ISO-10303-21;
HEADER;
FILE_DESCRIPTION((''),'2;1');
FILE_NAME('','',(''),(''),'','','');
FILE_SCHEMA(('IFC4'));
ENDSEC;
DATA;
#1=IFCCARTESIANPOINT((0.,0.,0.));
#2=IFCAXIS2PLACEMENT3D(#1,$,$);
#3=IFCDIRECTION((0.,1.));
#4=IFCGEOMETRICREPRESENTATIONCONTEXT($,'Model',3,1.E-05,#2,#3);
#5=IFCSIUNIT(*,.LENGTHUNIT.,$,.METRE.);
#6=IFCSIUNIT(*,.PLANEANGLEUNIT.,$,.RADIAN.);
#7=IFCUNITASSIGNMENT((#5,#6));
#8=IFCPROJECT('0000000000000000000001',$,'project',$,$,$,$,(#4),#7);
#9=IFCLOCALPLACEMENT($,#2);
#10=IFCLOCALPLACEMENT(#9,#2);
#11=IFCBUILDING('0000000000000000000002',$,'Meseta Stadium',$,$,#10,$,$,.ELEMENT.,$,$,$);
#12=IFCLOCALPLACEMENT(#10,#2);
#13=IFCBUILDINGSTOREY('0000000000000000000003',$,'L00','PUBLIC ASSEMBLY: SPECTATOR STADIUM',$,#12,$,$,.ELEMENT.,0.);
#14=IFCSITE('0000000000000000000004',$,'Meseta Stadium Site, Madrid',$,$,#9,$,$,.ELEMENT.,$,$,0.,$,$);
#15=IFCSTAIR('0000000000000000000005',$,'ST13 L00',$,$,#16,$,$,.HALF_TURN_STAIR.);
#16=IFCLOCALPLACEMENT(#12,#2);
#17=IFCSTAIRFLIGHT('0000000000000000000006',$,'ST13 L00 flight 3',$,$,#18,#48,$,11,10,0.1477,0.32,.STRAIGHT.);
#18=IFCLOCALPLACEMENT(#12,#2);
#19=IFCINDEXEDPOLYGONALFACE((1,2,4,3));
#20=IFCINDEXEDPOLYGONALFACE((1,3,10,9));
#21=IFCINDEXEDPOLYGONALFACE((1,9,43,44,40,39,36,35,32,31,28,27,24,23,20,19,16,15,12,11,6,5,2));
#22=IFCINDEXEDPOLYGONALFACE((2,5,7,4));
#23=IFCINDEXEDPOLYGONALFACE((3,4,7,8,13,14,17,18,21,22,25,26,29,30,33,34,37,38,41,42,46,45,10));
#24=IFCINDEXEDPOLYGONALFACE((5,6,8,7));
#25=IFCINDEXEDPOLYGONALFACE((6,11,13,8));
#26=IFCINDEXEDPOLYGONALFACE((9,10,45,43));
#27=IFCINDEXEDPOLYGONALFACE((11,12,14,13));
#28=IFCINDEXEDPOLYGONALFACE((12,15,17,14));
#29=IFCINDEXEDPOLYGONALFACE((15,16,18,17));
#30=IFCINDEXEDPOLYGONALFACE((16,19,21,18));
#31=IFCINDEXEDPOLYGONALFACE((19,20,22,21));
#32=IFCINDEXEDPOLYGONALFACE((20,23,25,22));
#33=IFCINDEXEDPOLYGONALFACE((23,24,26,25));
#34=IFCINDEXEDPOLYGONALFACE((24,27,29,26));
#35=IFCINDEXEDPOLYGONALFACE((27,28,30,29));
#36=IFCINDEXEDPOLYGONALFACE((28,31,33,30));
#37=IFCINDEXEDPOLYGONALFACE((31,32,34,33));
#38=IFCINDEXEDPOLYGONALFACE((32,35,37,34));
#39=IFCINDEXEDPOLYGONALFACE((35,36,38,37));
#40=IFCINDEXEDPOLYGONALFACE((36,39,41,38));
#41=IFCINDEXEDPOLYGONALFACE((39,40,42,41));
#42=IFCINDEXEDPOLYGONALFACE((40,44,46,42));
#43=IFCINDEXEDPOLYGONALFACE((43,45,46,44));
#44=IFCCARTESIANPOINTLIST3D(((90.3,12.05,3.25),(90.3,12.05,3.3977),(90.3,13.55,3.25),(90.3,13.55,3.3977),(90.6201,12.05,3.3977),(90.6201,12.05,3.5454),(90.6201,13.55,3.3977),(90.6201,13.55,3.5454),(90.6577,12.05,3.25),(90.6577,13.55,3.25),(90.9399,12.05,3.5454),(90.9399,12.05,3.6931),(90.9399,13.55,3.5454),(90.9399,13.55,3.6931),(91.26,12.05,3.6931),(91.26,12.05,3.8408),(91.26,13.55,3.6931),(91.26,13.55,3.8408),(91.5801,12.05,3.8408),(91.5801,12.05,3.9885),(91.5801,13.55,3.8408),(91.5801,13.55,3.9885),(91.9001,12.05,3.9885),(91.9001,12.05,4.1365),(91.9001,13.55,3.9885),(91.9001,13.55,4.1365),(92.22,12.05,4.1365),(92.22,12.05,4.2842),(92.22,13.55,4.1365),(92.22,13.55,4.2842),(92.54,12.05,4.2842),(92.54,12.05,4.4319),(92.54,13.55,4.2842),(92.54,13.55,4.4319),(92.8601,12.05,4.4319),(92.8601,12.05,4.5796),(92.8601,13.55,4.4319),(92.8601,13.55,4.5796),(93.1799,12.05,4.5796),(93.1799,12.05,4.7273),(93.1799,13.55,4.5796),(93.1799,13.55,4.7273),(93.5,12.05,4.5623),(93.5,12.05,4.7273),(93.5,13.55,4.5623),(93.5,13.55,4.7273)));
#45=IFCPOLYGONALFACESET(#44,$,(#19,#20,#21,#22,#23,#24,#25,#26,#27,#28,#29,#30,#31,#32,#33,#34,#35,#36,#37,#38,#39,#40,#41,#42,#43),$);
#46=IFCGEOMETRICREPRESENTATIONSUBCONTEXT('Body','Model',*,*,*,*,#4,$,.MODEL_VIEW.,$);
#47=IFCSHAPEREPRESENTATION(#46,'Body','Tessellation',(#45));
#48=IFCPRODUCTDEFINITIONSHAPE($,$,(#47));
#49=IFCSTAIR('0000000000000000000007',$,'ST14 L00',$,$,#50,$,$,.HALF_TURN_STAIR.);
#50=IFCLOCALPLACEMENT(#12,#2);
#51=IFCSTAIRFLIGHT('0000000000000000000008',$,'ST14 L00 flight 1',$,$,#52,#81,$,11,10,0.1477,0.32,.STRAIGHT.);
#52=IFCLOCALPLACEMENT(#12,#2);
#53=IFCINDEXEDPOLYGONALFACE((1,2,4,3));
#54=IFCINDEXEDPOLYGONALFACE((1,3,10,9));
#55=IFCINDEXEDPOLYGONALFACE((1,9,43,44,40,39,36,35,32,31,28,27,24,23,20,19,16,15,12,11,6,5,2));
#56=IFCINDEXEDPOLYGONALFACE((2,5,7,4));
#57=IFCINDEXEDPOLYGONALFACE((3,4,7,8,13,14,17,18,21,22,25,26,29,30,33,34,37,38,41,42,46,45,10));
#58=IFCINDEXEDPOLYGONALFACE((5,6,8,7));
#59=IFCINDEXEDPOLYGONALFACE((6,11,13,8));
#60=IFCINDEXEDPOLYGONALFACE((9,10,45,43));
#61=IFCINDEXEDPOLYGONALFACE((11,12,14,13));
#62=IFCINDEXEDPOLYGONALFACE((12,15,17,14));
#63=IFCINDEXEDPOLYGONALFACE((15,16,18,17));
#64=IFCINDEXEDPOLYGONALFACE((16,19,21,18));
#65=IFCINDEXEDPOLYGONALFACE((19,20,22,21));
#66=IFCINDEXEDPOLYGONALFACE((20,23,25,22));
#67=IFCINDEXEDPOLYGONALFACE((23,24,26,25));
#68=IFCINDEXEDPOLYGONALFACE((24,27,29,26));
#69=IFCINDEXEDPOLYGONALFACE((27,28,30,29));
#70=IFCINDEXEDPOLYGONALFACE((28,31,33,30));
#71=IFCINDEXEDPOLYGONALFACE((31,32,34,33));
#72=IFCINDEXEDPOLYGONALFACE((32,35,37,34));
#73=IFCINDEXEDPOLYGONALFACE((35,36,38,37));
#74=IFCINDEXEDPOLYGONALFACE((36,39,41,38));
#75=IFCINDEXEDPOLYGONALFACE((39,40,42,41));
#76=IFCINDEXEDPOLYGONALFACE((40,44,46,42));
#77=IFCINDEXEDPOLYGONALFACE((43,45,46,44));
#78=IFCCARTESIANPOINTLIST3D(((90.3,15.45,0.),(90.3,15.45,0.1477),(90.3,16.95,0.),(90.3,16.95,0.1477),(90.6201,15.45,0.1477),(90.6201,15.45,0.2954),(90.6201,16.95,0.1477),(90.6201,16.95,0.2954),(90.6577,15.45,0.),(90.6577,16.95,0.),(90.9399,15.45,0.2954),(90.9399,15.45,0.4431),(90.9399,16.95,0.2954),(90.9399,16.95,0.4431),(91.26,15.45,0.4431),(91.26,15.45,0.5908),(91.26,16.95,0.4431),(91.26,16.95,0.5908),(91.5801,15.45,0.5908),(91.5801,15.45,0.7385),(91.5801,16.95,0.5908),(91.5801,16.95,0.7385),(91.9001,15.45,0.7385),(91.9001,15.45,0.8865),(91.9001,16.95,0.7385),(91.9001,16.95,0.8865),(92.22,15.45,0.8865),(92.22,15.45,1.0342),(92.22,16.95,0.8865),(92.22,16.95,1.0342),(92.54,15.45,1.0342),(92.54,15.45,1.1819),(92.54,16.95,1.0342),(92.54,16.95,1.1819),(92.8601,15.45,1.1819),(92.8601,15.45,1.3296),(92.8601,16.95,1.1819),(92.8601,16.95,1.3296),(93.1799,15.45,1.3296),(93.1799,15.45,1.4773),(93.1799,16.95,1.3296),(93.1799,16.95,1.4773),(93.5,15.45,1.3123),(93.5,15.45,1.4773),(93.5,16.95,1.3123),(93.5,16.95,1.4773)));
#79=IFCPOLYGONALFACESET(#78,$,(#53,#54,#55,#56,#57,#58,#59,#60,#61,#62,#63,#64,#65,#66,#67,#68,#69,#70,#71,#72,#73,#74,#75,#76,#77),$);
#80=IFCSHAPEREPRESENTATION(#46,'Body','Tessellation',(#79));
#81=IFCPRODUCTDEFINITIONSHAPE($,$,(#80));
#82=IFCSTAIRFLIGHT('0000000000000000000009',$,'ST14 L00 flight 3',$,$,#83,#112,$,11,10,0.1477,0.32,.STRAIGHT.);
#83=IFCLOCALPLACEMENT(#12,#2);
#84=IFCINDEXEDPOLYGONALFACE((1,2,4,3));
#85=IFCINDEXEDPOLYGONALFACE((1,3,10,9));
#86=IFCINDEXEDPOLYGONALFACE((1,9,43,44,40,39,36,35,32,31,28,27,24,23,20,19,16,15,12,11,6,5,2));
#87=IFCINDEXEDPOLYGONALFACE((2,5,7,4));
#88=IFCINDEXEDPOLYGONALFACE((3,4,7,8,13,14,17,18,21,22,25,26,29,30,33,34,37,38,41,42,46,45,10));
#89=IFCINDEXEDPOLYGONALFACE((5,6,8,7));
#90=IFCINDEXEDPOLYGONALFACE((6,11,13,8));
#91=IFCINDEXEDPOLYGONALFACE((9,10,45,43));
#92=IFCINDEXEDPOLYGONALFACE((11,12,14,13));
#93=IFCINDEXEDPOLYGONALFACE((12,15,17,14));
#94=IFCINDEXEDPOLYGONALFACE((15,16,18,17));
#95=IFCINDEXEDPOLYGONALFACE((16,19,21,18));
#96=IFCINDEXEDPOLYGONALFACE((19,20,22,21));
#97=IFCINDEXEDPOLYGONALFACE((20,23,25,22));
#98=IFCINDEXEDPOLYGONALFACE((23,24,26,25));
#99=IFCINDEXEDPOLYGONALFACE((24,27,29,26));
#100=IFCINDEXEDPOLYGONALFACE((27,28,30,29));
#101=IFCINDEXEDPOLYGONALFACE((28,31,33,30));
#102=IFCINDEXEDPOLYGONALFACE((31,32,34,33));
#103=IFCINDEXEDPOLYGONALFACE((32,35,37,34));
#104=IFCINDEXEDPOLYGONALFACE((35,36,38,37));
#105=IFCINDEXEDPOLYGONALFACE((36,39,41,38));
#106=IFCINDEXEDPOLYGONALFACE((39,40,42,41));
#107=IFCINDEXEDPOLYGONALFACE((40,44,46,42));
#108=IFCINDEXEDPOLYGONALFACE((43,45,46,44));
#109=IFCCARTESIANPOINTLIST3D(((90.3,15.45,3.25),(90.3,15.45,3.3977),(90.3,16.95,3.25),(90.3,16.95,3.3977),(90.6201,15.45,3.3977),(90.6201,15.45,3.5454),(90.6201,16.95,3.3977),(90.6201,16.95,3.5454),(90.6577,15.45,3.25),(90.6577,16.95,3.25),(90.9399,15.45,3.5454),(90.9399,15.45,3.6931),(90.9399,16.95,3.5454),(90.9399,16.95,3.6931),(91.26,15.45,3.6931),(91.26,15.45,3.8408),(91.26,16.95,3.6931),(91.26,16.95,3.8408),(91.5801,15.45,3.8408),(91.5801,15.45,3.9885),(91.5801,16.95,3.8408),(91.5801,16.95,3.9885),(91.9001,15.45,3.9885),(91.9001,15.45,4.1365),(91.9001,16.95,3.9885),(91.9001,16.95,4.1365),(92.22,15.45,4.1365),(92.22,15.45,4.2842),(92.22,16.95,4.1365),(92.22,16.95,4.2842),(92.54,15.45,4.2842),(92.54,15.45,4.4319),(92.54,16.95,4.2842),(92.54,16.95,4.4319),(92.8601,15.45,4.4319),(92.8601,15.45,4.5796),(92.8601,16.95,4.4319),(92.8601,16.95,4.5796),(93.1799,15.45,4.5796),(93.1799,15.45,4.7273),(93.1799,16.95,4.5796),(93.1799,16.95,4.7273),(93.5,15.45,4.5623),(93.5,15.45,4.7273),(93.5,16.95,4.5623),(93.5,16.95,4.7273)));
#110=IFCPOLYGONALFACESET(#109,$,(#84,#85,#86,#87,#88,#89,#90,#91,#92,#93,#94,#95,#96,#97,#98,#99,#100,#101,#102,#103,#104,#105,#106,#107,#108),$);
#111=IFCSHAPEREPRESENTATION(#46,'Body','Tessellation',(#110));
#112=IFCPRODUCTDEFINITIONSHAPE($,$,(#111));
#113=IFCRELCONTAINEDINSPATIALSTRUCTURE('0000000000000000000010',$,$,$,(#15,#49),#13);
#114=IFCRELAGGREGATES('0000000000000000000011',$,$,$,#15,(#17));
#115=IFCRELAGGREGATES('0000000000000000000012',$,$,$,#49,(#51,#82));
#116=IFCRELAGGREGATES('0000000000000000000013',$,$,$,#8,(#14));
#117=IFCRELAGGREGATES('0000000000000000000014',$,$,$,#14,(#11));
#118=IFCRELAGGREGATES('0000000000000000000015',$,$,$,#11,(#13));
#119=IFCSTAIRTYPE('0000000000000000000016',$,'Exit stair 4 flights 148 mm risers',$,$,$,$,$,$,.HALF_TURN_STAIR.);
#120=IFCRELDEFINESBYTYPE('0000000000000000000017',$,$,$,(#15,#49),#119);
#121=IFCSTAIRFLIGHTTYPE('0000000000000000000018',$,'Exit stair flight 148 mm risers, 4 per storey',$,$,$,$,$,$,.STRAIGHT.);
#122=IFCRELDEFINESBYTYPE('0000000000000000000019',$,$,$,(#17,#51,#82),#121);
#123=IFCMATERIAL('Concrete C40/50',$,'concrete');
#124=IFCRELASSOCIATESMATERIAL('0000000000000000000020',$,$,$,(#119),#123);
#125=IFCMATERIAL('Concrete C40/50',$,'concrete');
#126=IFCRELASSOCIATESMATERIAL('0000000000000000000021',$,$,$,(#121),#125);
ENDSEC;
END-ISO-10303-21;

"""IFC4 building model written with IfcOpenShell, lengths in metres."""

from ifc_helpers import new_model, si_unit, direction, frame, origin, place, context, subcontext, project, spatial, polyline, outline, extrude, material, type_object, element, aggregate, save


model = new_model("IFC4")

# Units and contexts
model_context = context("Model", 3, precision=1e-05, world=origin(), true_north=direction((0.0, 1.0)))
body_context = subcontext(model_context, "Body", "Model", "MODEL_VIEW")
ifc_project = project(units=[si_unit("LENGTHUNIT", "METRE"), si_unit("PLANEANGLEUNIT", "RADIAN")], contexts=[model_context])

# Site, building, storey
site_placement = place(None, origin())
site = spatial("IfcSite", under=ifc_project, at=site_placement, Name="Meseta Stadium Site, Madrid", CompositionType="ELEMENT", RefElevation=0.0)
building_placement = place(site_placement, origin())
building = spatial("IfcBuilding", under=site, at=building_placement, Name="Meseta Stadium", CompositionType="ELEMENT")
storey_placement = place(building_placement, origin())
storey = spatial("IfcBuildingStorey", under=building, at=storey_placement, Name="L00", Description="PUBLIC ASSEMBLY: SPECTATOR STADIUM", CompositionType="ELEMENT", Elevation=0.0)

# Stairs, stair flights
ifc_material_1 = material(Name="Concrete C40/50", Category="concrete")
stair_type = type_object("IfcStairType", Name="Exit stair 4 flights 148 mm risers", PredefinedType="HALF_TURN_STAIR", material=ifc_material_1)
stair_1_placement = place(storey_placement, origin())
stair_1 = element("IfcStair", 1, at=stair_1_placement, inside=storey, type_object=stair_type, Name="ST13 L00", PredefinedType="HALF_TURN_STAIR")
ifc_material_2 = material(Name="Concrete C40/50", Category="concrete")
stair_flight_type = type_object("IfcStairFlightType", Name="Exit stair flight 148 mm risers, 4 per storey", PredefinedType="STRAIGHT", material=ifc_material_2)
stair_flight_1_placement = place(storey_placement, frame((90.3, 12.8, 3.25), z_axis=(0.0, 0.0, 1.0), x_axis=(1.0, 0.0, 0.0)))
stair_flight_1 = element("IfcStairFlight", 2, at=stair_flight_1_placement, type_object=stair_flight_type, Name="ST13 L00 flight 3", NumberOfRisers=11, NumberOfTreads=10, PredefinedType="STRAIGHT", RiserHeight=0.1477, TreadLength=0.32, context=body_context, shape_type="SweptSolid", body=[
    extrude(outline(polyline([(0.0, 0.0), (0.0, 0.1477), (0.3201, 0.1477), (0.3201, 0.2954), (0.6399, 0.2954), (0.6399, 0.4431), (0.96, 0.4431), (0.96, 0.5908), (1.28, 0.5908), (1.28, 0.7385), (1.6001, 0.7385), (1.6001, 0.8865), (1.9199, 0.8865), (1.9199, 1.0342), (2.24, 1.0342), (2.24, 1.1819), (2.5601, 1.1819), (2.5601, 1.3296), (2.8799, 1.3296), (2.8799, 1.4773), (3.2, 1.4773), (3.2, 1.3123), (0.3577, 0.0), (0.0, 0.0)])), frame((0.0, 0.75, 0.0), z_axis=(0.0, -1.0, 0.0), x_axis=(1.0, 0.0, 0.0)), (0.0, 0.0, 1.0), 1.5),
])
aggregate(stair_1, [stair_flight_1])
stair_2_placement = place(storey_placement, origin())
stair_2 = element("IfcStair", 3, at=stair_2_placement, inside=storey, type_object=stair_type, Name="ST14 L00", PredefinedType="HALF_TURN_STAIR")
stair_flight_2_placement = place(storey_placement, frame((90.3, 16.2, 0.0), z_axis=(0.0, 0.0, 1.0), x_axis=(1.0, 0.0, 0.0)))
stair_flight_2 = element("IfcStairFlight", 4, at=stair_flight_2_placement, type_object=stair_flight_type, Name="ST14 L00 flight 1", NumberOfRisers=11, NumberOfTreads=10, PredefinedType="STRAIGHT", RiserHeight=0.1477, TreadLength=0.32, context=body_context, shape_type="SweptSolid", body=[
    extrude(outline(polyline([(0.0, 0.0), (0.0, 0.1477), (0.3201, 0.1477), (0.3201, 0.2954), (0.6399, 0.2954), (0.6399, 0.4431), (0.96, 0.4431), (0.96, 0.5908), (1.28, 0.5908), (1.28, 0.7385), (1.6001, 0.7385), (1.6001, 0.8865), (1.9199, 0.8865), (1.9199, 1.0342), (2.24, 1.0342), (2.24, 1.1819), (2.5601, 1.1819), (2.5601, 1.3296), (2.8799, 1.3296), (2.8799, 1.4773), (3.2, 1.4773), (3.2, 1.3123), (0.3577, 0.0), (0.0, 0.0)])), frame((0.0, 0.75, 0.0), z_axis=(0.0, -1.0, 0.0), x_axis=(1.0, 0.0, 0.0)), (0.0, 0.0, 1.0), 1.5),
])
stair_flight_3_placement = place(storey_placement, frame((90.3, 16.2, 3.25), z_axis=(0.0, 0.0, 1.0), x_axis=(1.0, 0.0, 0.0)))
stair_flight_3 = element("IfcStairFlight", 5, at=stair_flight_3_placement, type_object=stair_flight_type, Name="ST14 L00 flight 3", NumberOfRisers=11, NumberOfTreads=10, PredefinedType="STRAIGHT", RiserHeight=0.1477, TreadLength=0.32, context=body_context, shape_type="SweptSolid", body=[
    extrude(outline(polyline([(0.0, 0.0), (0.0, 0.1477), (0.3201, 0.1477), (0.3201, 0.2954), (0.6399, 0.2954), (0.6399, 0.4431), (0.96, 0.4431), (0.96, 0.5908), (1.28, 0.5908), (1.28, 0.7385), (1.6001, 0.7385), (1.6001, 0.8865), (1.9199, 0.8865), (1.9199, 1.0342), (2.24, 1.0342), (2.24, 1.1819), (2.5601, 1.1819), (2.5601, 1.3296), (2.8799, 1.3296), (2.8799, 1.4773), (3.2, 1.4773), (3.2, 1.3123), (0.3577, 0.0), (0.0, 0.0)])), frame((0.0, 0.75, 0.0), z_axis=(0.0, -1.0, 0.0), x_axis=(1.0, 0.0, 0.0)), (0.0, 0.0, 1.0), 1.5),
])
aggregate(stair_2, [stair_flight_2, stair_flight_3])

save(model, "model.ifc")
